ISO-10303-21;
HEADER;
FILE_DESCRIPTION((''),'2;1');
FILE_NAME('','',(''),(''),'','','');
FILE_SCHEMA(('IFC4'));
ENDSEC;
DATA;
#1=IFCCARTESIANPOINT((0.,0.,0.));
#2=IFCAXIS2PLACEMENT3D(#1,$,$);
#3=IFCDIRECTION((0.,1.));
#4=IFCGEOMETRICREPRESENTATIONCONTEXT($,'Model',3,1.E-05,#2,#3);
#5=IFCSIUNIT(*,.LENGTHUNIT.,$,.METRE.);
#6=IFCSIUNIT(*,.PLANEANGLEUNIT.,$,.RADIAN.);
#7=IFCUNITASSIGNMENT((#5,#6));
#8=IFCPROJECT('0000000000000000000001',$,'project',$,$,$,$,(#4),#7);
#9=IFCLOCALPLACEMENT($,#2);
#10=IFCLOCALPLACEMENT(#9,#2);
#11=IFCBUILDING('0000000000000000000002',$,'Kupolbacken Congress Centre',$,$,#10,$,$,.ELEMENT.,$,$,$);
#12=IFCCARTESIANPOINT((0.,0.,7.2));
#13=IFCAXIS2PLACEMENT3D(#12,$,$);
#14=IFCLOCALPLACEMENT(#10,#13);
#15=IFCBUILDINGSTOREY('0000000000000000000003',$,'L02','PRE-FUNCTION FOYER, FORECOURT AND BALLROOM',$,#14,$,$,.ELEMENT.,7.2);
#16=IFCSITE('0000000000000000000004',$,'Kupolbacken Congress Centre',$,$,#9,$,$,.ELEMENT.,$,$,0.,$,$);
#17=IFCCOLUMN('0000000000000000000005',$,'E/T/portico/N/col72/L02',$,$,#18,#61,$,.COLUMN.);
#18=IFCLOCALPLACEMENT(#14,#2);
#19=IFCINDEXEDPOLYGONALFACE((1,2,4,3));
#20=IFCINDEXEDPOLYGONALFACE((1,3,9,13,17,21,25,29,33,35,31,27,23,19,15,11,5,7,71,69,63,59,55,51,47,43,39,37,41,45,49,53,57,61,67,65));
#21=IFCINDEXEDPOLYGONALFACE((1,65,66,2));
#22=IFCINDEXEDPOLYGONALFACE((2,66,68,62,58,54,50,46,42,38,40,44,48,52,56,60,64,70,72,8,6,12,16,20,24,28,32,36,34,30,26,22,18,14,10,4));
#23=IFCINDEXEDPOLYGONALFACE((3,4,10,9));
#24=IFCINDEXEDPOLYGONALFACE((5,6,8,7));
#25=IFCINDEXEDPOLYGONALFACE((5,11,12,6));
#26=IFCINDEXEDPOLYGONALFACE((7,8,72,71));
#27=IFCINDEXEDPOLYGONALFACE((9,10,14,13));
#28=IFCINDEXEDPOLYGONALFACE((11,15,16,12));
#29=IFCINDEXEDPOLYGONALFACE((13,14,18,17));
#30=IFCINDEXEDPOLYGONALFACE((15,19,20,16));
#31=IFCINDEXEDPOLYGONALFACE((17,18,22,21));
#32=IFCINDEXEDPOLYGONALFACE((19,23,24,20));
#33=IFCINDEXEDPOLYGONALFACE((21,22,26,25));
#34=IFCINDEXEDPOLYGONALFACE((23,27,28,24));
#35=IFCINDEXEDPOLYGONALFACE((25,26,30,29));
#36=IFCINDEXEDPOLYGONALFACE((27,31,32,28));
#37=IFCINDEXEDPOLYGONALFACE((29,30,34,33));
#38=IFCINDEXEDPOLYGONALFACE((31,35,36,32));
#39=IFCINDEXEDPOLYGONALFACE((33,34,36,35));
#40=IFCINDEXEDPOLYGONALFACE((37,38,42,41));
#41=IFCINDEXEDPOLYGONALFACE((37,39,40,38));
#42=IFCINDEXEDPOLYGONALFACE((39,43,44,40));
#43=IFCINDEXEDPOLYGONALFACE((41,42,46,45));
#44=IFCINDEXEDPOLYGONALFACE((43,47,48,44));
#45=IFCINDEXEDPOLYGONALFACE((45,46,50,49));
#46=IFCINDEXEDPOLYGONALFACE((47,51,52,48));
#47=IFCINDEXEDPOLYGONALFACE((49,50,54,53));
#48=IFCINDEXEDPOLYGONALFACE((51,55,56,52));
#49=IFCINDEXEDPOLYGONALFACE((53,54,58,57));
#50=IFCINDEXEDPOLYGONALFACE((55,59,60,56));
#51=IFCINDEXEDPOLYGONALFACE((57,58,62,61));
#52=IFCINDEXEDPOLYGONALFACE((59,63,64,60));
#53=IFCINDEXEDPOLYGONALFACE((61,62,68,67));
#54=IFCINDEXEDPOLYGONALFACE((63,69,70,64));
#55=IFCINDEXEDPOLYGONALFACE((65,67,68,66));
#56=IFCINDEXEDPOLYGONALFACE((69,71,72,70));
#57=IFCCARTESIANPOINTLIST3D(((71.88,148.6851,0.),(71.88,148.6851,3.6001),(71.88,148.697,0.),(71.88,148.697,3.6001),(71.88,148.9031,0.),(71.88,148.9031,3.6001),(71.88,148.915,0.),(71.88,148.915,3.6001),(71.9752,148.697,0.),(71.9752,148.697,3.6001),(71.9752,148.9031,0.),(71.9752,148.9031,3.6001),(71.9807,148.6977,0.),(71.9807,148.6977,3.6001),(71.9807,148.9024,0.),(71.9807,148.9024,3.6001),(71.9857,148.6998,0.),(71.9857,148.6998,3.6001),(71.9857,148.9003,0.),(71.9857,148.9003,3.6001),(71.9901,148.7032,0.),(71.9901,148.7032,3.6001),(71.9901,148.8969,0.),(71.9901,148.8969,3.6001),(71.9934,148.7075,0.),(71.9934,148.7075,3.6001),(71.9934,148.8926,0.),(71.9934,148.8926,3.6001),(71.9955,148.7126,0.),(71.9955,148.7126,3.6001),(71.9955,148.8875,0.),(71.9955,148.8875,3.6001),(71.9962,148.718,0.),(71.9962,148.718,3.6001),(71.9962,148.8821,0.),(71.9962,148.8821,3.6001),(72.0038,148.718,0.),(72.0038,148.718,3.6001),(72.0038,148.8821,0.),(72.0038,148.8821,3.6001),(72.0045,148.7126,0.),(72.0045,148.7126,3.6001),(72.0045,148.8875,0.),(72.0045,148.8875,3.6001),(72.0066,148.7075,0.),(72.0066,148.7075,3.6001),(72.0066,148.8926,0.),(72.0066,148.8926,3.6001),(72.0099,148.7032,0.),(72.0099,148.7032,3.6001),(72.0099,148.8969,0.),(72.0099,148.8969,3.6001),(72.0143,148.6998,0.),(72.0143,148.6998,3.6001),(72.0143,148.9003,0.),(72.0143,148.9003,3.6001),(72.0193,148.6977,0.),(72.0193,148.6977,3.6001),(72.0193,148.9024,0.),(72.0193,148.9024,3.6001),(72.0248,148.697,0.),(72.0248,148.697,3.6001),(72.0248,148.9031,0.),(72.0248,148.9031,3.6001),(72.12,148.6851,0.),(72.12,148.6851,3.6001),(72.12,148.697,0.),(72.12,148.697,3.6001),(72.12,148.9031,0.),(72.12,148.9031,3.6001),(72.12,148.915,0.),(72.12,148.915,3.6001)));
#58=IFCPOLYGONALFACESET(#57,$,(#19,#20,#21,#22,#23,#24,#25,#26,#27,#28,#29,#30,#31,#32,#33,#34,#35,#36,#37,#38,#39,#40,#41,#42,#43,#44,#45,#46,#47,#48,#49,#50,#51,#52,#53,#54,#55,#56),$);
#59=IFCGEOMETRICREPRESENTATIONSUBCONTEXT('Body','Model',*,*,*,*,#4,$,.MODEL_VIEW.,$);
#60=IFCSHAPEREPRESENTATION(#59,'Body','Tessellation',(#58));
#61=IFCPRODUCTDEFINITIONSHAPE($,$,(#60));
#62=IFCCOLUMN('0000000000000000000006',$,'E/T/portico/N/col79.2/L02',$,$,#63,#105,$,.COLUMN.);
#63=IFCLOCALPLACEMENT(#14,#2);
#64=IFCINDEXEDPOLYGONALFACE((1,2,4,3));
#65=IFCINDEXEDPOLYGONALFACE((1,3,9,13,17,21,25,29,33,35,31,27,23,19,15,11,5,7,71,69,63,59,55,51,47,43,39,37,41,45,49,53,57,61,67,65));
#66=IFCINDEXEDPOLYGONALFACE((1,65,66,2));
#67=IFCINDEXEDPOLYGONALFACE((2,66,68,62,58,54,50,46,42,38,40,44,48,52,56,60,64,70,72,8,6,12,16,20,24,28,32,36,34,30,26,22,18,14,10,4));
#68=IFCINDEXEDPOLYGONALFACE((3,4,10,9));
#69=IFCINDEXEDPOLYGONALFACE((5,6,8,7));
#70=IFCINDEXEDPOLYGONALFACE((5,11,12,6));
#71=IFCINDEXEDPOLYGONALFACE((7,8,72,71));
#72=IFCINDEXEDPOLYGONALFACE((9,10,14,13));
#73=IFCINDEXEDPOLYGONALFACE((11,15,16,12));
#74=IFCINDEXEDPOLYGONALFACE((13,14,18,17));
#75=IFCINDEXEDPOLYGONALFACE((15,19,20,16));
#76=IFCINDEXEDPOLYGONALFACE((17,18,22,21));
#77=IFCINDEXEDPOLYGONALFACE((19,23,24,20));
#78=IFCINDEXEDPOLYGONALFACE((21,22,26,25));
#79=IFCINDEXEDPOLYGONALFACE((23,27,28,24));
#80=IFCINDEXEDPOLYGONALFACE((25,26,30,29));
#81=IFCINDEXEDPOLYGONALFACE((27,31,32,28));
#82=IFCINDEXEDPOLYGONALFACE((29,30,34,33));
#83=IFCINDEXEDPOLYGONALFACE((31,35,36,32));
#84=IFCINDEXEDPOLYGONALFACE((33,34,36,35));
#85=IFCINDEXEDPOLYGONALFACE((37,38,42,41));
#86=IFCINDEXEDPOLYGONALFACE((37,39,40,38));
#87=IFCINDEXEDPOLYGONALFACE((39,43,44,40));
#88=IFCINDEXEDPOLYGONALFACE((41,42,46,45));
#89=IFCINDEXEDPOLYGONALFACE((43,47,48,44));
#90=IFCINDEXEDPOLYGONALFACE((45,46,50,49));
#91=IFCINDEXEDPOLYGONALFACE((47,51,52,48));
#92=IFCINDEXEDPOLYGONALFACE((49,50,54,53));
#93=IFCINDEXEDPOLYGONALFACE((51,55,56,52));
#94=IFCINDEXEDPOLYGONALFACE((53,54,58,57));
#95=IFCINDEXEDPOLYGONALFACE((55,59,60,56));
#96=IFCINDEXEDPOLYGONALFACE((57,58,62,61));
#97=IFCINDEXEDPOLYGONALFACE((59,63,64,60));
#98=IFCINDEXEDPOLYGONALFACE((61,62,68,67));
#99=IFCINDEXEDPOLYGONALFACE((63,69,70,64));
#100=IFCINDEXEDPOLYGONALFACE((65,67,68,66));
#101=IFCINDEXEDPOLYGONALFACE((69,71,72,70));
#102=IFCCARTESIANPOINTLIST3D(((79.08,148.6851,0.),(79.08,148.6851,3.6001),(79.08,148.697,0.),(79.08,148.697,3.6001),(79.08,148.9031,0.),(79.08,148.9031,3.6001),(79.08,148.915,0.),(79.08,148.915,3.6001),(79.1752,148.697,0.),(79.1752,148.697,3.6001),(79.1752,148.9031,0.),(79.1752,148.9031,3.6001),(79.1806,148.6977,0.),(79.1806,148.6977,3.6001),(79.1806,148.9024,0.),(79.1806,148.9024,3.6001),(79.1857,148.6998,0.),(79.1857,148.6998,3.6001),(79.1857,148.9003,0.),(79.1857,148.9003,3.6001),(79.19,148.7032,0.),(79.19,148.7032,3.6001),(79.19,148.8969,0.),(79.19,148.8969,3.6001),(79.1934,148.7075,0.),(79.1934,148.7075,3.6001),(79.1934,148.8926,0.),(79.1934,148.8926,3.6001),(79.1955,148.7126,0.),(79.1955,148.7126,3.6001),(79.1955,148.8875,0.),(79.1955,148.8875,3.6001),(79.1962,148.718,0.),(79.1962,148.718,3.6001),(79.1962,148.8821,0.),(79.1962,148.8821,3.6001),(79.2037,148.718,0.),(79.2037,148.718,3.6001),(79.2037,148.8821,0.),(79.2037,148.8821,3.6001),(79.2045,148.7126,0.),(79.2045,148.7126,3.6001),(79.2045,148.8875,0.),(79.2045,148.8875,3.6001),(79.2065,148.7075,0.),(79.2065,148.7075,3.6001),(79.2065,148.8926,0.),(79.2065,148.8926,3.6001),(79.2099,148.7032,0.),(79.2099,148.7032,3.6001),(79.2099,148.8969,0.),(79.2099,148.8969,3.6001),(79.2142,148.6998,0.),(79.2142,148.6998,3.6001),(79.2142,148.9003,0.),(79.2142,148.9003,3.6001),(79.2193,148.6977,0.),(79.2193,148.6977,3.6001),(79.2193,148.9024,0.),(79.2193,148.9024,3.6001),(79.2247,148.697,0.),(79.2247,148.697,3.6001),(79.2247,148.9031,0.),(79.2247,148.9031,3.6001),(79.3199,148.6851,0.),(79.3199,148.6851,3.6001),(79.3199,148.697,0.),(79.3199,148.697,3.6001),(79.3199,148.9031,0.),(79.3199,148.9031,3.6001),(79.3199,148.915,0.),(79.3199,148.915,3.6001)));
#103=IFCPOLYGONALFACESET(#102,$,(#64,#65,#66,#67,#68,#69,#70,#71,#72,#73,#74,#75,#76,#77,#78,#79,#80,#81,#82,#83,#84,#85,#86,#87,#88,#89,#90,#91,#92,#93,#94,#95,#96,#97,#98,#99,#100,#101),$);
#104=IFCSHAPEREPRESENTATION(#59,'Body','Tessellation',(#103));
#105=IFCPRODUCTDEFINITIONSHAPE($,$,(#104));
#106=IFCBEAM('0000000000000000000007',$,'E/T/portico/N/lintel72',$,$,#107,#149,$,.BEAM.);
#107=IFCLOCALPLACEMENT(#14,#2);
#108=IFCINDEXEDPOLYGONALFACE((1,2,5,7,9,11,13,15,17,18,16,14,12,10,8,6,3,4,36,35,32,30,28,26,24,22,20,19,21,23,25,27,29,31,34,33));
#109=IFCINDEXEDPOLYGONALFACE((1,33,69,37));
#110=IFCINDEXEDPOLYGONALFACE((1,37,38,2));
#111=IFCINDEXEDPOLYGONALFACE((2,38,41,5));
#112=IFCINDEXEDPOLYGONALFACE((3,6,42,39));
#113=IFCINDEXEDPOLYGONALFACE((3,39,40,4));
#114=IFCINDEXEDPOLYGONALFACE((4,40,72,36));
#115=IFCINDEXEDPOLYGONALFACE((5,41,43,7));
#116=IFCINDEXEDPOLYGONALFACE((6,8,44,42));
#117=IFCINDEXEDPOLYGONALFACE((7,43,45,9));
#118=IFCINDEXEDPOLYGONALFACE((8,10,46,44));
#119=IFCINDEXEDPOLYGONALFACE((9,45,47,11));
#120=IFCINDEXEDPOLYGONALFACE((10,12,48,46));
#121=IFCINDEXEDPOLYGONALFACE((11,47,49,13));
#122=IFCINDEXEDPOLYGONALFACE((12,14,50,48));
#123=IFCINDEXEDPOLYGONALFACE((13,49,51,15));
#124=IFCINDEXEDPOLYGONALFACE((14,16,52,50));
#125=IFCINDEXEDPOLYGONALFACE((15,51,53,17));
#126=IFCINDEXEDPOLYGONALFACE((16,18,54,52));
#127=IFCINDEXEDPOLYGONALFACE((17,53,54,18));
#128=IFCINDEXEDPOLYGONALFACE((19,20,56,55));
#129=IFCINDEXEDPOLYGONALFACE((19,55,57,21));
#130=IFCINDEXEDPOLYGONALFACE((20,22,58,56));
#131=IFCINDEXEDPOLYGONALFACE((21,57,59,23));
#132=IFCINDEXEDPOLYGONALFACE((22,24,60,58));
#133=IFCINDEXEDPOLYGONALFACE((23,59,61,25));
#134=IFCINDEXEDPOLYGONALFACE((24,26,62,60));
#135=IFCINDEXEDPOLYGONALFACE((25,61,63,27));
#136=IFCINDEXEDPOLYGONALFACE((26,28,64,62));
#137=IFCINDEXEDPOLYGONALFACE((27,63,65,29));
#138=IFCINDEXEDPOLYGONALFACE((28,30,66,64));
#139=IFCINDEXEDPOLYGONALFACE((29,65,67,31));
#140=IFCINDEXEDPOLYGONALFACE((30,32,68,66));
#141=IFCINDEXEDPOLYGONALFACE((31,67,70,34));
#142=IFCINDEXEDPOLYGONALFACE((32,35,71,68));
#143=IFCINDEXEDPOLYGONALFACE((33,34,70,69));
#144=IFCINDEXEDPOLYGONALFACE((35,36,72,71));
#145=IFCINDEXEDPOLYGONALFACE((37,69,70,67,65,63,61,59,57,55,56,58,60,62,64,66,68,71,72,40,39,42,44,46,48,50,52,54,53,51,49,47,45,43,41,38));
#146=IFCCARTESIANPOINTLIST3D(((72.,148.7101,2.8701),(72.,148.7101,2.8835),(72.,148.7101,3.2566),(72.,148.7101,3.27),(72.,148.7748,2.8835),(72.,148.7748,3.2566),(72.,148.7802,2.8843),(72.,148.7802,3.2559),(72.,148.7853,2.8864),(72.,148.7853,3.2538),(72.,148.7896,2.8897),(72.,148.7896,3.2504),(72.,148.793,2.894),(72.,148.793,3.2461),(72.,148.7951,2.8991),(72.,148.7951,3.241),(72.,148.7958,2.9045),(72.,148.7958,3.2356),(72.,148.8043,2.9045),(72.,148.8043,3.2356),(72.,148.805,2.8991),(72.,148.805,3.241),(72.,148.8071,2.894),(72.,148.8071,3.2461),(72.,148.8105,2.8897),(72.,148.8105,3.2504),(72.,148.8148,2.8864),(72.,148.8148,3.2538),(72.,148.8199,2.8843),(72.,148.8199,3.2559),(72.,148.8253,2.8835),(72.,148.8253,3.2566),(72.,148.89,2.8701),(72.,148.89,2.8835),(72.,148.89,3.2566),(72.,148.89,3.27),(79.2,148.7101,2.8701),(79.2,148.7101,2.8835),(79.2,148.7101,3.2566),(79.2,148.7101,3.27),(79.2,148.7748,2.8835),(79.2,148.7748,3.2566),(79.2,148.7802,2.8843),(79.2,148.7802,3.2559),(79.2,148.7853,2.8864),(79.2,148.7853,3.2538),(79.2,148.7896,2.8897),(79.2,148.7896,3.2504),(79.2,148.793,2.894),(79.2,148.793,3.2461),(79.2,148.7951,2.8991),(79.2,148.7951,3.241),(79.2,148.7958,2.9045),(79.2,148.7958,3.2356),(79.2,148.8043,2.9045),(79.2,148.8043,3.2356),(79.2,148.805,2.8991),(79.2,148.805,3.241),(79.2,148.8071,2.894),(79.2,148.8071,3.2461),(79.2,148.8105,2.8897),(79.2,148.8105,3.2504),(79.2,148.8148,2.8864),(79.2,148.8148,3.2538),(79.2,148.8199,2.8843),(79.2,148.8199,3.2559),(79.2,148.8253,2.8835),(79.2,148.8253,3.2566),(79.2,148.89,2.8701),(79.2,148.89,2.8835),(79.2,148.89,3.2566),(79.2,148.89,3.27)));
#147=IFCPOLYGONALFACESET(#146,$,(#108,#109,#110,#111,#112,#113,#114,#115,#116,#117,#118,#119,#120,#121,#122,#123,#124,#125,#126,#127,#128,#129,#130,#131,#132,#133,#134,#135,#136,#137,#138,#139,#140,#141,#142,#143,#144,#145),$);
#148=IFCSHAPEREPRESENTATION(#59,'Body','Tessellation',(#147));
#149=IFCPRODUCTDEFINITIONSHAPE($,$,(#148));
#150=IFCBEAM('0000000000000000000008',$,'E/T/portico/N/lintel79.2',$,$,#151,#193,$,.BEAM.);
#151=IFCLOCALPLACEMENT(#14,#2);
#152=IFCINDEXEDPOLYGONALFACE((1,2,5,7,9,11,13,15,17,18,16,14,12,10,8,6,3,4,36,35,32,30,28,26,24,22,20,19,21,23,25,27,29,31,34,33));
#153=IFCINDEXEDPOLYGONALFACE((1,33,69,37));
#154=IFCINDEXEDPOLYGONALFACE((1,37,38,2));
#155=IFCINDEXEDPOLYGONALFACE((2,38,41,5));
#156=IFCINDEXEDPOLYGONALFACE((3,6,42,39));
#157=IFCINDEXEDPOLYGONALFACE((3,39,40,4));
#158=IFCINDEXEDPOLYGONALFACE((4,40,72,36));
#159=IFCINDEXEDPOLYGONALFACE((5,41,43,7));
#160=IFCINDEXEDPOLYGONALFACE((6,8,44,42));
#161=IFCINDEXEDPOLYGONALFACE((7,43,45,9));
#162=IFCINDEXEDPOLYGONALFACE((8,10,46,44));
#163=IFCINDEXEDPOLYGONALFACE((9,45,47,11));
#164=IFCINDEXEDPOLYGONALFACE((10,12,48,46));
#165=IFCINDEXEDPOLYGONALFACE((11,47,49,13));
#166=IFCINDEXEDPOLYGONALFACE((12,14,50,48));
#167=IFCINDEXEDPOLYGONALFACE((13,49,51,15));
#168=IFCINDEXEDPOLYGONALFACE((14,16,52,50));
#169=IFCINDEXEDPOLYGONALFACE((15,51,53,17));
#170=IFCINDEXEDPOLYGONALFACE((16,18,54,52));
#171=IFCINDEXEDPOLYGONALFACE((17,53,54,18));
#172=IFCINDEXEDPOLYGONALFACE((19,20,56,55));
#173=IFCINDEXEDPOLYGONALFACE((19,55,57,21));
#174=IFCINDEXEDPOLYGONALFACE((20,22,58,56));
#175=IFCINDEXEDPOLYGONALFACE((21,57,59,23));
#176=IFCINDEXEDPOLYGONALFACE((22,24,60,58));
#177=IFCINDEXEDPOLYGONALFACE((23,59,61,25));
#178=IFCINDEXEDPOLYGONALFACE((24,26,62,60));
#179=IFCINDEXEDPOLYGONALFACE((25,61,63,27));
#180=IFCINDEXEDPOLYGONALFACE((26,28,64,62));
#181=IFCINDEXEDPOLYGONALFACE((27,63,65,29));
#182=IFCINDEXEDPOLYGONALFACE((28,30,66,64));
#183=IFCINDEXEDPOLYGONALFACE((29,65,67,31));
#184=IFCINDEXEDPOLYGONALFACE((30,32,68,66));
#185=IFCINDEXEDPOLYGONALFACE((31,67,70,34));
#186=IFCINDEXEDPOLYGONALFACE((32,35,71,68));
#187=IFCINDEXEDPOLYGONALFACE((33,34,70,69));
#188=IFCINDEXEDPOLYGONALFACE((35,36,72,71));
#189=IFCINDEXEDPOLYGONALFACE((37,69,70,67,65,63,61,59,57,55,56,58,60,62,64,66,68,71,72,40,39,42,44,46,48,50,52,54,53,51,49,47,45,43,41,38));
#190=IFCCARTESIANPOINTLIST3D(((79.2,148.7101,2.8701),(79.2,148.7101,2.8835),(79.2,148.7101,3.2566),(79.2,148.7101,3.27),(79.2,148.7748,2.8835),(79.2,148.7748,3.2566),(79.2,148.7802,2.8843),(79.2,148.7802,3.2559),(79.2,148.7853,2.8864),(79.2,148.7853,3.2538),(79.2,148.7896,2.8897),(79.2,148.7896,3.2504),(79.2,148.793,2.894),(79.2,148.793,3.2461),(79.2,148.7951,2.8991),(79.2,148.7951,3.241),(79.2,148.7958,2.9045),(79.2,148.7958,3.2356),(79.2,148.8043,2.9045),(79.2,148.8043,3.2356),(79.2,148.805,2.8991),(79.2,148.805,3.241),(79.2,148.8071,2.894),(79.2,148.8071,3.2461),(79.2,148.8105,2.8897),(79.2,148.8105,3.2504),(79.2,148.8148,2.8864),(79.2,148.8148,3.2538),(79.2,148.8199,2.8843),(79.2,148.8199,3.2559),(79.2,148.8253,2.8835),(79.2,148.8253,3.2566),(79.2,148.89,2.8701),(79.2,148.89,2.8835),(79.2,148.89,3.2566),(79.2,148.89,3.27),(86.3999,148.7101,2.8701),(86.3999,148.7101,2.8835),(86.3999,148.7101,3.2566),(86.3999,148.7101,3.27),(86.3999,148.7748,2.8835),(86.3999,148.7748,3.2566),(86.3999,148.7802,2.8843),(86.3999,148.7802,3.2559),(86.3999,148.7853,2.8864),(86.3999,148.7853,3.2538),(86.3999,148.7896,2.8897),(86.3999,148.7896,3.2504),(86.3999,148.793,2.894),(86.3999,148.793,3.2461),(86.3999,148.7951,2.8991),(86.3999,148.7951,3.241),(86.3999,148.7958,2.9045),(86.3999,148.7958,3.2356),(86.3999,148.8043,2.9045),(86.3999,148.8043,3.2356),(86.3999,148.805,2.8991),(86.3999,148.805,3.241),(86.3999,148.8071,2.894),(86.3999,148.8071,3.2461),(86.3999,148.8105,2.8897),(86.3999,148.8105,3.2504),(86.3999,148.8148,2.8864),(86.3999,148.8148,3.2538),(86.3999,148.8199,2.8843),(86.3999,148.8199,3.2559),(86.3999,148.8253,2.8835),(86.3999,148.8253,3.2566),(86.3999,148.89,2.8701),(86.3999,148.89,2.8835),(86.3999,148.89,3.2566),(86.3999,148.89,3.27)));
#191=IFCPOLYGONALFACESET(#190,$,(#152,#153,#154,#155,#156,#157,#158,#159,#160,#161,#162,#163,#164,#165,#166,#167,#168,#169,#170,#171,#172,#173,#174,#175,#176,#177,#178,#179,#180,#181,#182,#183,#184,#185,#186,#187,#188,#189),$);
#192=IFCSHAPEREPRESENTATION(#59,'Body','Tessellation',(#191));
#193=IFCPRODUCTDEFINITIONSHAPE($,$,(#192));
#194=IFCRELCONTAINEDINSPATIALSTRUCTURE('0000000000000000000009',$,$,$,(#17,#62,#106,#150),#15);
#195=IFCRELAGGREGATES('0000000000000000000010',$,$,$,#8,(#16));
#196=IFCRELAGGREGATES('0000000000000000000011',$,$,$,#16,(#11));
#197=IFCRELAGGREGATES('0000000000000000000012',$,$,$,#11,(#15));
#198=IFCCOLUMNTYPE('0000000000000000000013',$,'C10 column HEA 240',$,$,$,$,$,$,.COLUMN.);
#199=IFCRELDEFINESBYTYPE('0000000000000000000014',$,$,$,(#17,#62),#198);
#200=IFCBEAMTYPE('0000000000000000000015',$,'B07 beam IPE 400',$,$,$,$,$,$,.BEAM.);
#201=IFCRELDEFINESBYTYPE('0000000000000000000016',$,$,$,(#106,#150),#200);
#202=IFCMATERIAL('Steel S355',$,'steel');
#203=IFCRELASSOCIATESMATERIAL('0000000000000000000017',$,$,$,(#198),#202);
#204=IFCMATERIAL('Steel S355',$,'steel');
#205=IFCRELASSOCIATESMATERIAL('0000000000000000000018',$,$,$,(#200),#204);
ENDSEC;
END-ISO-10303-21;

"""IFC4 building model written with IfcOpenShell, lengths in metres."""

from ifc_helpers import new_model, si_unit, direction, frame, origin, origin_2d, place, context, subcontext, project, spatial, i_section, extrude, material, material_profile, profile_set, type_object, element, save


model = new_model("IFC4")

# Units and contexts
model_context = context("Model", 3, precision=1e-05, world=origin(), true_north=direction((0.0, 1.0)))
body_context = subcontext(model_context, "Body", "Model", "MODEL_VIEW")
ifc_project = project(units=[si_unit("LENGTHUNIT", "METRE"), si_unit("PLANEANGLEUNIT", "RADIAN")], contexts=[model_context])

# Site, building, storey
site_placement = place(None, origin())
site = spatial("IfcSite", under=ifc_project, at=site_placement, Name="Kupolbacken Congress Centre", CompositionType="ELEMENT", RefElevation=0.0)
building_placement = place(site_placement, origin())
building = spatial("IfcBuilding", under=site, at=building_placement, Name="Kupolbacken Congress Centre", CompositionType="ELEMENT")
storey_placement = place(building_placement, frame((0.0, 0.0, 7.2)))
storey = spatial("IfcBuildingStorey", under=building, at=storey_placement, Name="L02", Description="PRE-FUNCTION FOYER, FORECOURT AND BALLROOM", CompositionType="ELEMENT", Elevation=7.2)

# Columns
ifc_material_1 = material(Name="Steel S355", Category="steel")
ifc_material_profile_1 = material_profile(ifc_material_1, i_section(OverallWidth=0.24, OverallDepth=0.23, WebThickness=0.0076, FlangeThickness=0.012, FilletRadius=0.021, at=origin_2d()), Name="HEA 240")
ifc_profile_set_1 = profile_set([ifc_material_profile_1], Name="Steel S355")
column_type = type_object("IfcColumnType", Name="C10 column HEA 240", PredefinedType="COLUMN", material=ifc_profile_set_1)
for number, where, z_axis, x_axis, name in (
    (1, (72.0, 148.8, 0.0), (0.0, 0.0, 1.0), (1.0, 0.0, 0.0), "E/T/portico/N/col72/L02"),
    (2, (79.2, 148.8, 0.0), (0.0, 0.0, 1.0), (1.0, 0.0, 0.0), "E/T/portico/N/col79.2/L02"),
):
    element("IfcColumn", number, at=place(storey_placement, frame(where, z_axis=z_axis, x_axis=x_axis)), inside=storey, type_object=column_type, Name=name, PredefinedType="COLUMN", context=body_context, shape_type="SweptSolid", body=[
        extrude(i_section(OverallWidth=0.24, OverallDepth=0.23, WebThickness=0.0076, FlangeThickness=0.012, FilletRadius=0.021, at=origin_2d()), origin(), (0.0, 0.0, 1.0), 3.6001),
    ])

# Beams
ifc_material_2 = material(Name="Steel S355", Category="steel")
ifc_material_profile_2 = material_profile(ifc_material_2, i_section(OverallWidth=0.1799, OverallDepth=0.3999, WebThickness=0.0085, FlangeThickness=0.0134, FilletRadius=0.021, at=origin_2d()), Name="IPE 400")
ifc_profile_set_2 = profile_set([ifc_material_profile_2], Name="Steel S355")
beam_type = type_object("IfcBeamType", Name="B07 beam IPE 400", PredefinedType="BEAM", material=ifc_profile_set_2)
for number, where, z_axis, x_axis, name in (
    (3, (72.0, 148.8, 3.0701), (1.0, 0.0, 0.0), (0.0, 1.0, 0.0), "E/T/portico/N/lintel72"),
    (4, (79.2, 148.8, 3.0701), (1.0, 0.0, 0.0), (0.0, 1.0, 0.0), "E/T/portico/N/lintel79.2"),
):
    element("IfcBeam", number, at=place(storey_placement, frame(where, z_axis=z_axis, x_axis=x_axis)), inside=storey, type_object=beam_type, Name=name, PredefinedType="BEAM", context=body_context, shape_type="SweptSolid", body=[
        extrude(i_section(OverallWidth=0.1799, OverallDepth=0.3999, WebThickness=0.0085, FlangeThickness=0.0134, FilletRadius=0.021, at=origin_2d()), origin(), (0.0, 0.0, 1.0), 7.2),
    ])

save(model, "model.ifc")
